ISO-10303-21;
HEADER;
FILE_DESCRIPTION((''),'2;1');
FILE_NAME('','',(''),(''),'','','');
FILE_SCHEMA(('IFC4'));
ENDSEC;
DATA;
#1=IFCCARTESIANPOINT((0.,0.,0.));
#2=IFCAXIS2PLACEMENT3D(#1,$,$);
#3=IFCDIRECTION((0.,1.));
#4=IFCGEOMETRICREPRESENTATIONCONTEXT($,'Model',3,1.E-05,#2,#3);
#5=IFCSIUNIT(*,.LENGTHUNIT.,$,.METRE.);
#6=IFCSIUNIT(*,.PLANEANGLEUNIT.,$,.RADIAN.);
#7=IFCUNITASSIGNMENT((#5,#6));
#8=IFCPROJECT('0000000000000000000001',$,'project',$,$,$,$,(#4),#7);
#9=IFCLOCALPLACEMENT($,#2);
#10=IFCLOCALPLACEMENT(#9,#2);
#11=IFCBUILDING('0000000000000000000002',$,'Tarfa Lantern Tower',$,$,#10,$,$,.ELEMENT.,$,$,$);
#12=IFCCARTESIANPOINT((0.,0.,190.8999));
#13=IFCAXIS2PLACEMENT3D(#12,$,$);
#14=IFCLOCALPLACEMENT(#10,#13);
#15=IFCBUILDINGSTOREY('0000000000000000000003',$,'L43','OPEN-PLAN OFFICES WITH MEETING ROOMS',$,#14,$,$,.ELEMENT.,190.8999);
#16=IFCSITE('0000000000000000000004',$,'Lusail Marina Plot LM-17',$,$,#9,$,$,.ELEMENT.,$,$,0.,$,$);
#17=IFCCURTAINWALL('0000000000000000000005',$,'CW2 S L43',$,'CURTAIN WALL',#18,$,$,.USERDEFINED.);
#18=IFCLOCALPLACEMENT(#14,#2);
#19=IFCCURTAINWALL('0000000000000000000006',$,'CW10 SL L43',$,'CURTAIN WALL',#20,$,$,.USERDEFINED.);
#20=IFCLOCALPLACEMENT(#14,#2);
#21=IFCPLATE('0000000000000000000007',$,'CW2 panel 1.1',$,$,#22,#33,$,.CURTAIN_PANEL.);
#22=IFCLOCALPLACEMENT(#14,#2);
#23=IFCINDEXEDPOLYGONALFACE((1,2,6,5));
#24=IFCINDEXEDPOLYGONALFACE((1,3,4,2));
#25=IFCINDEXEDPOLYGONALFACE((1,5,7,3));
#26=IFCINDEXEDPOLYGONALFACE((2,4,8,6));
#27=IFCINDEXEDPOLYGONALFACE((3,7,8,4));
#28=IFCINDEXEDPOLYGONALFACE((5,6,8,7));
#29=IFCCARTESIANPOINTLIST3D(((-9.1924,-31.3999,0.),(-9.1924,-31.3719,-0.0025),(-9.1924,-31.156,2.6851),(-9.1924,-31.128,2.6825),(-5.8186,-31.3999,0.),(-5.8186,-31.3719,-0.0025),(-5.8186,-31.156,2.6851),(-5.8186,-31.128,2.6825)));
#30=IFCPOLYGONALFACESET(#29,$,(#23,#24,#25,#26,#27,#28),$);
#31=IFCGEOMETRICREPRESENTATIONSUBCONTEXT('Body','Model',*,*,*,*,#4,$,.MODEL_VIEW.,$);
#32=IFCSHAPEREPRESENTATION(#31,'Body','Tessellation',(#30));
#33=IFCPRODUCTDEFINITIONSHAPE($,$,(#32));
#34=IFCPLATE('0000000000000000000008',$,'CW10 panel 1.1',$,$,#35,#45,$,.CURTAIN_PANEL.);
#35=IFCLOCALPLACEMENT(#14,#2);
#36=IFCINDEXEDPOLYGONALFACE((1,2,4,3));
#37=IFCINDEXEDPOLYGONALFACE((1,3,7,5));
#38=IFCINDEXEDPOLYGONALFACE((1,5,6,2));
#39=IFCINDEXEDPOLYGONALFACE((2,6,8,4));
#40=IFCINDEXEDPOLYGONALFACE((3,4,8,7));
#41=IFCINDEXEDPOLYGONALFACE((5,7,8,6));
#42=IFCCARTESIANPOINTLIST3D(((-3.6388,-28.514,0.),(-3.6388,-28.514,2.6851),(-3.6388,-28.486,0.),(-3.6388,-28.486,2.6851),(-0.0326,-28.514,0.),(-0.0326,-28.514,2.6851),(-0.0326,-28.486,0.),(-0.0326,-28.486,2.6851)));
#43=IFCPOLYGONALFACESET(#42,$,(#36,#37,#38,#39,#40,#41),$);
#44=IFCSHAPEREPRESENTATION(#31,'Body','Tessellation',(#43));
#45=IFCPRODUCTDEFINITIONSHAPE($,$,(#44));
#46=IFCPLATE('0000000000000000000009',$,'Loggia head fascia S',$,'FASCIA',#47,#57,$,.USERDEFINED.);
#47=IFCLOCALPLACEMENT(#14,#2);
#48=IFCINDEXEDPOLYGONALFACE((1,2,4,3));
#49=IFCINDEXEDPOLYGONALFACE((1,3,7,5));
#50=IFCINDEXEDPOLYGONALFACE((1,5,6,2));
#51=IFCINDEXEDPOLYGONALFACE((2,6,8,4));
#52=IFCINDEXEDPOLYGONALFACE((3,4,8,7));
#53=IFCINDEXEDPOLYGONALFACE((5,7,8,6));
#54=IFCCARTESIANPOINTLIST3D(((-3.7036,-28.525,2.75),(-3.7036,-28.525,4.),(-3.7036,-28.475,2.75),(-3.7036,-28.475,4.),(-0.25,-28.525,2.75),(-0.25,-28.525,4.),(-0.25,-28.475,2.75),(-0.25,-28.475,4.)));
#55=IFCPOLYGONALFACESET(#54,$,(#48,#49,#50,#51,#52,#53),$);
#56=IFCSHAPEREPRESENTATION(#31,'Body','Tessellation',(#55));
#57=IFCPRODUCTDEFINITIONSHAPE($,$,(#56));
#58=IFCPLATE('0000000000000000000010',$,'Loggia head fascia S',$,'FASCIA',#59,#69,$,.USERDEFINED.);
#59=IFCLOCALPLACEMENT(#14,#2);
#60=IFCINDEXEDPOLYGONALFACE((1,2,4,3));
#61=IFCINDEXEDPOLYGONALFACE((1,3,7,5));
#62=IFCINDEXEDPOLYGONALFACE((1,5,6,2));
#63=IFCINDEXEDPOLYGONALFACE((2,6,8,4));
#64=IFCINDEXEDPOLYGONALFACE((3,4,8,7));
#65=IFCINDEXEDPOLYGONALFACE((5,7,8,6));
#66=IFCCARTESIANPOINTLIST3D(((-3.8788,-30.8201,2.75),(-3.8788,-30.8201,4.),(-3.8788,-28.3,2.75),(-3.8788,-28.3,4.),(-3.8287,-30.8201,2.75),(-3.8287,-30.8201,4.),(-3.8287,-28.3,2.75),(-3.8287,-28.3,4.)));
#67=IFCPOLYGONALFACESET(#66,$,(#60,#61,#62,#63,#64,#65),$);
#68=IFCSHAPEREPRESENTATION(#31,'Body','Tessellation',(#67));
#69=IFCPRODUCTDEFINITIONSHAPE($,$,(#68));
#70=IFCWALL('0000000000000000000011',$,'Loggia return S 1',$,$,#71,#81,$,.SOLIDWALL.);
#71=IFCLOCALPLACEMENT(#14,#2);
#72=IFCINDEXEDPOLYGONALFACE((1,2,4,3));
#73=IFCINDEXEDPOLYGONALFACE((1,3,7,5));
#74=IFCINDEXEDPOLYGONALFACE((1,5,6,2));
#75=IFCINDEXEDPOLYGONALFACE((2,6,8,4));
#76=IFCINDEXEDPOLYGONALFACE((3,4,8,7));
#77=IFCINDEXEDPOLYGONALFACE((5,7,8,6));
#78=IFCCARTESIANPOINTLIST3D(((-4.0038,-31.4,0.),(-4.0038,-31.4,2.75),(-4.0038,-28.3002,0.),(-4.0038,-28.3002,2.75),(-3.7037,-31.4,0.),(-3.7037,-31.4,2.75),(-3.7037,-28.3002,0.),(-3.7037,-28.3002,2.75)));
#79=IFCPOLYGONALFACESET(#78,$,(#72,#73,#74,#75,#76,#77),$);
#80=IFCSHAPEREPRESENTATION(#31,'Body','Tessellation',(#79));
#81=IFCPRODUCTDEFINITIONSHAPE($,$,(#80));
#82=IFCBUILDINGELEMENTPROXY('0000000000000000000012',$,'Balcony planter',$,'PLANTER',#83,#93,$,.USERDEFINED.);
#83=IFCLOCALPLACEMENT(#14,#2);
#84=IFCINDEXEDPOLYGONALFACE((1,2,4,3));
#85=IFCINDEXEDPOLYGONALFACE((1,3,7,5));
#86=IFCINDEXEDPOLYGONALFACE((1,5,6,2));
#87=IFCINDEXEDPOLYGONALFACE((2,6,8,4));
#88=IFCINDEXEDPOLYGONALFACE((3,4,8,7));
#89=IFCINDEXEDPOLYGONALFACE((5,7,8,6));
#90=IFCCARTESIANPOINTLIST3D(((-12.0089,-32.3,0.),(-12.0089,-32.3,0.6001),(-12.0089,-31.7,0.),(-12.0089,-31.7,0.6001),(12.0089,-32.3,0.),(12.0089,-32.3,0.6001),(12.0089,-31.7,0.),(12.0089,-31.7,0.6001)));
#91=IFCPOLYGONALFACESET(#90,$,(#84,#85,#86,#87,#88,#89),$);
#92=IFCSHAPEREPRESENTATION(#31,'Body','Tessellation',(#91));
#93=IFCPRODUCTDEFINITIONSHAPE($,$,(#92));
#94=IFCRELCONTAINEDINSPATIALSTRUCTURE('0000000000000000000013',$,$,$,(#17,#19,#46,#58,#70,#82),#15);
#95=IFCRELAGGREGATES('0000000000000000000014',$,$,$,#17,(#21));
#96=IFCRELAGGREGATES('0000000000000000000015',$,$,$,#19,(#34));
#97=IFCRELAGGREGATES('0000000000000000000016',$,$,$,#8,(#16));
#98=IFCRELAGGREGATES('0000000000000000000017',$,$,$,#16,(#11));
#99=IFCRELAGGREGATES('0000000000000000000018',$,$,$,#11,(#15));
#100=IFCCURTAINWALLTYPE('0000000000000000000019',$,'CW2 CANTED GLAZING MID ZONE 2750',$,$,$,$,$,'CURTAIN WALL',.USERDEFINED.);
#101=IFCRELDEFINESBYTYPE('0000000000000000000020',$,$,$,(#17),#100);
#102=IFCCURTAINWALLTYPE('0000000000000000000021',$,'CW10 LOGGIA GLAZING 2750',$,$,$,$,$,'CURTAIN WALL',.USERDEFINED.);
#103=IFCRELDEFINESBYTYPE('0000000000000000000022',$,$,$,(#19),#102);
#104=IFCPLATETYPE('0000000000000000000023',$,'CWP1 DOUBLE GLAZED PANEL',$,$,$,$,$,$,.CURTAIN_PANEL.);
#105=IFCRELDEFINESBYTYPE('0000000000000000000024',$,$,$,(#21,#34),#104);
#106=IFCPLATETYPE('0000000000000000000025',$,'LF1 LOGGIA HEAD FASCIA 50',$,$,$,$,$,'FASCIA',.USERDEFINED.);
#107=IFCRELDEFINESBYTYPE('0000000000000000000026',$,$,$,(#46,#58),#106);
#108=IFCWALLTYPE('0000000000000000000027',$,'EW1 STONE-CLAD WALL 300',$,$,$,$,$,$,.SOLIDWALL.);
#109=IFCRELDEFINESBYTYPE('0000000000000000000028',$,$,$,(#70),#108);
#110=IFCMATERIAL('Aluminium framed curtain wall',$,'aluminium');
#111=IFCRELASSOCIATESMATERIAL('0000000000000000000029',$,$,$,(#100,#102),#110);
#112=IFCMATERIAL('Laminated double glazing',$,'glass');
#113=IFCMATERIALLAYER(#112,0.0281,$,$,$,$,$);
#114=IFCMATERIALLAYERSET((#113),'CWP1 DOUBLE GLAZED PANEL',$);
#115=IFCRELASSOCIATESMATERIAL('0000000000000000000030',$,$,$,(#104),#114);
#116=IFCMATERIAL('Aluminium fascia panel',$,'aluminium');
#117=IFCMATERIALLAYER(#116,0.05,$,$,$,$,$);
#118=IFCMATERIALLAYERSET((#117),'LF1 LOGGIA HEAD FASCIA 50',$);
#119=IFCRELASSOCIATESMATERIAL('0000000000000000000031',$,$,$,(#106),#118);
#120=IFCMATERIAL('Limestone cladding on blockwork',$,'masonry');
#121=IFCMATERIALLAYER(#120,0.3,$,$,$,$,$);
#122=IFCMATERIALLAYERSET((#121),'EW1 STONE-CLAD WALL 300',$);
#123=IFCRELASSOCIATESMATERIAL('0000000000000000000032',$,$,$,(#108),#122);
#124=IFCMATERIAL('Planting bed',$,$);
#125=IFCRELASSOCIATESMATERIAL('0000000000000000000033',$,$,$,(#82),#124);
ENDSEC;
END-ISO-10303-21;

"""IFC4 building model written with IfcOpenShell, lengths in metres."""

from ifc_helpers import new_model, si_unit, direction, frame, frame_2d, origin, origin_2d, place, context, subcontext, project, spatial, polyline, rectangle, outline, extrude, material, layer, layer_set, type_object, element, aggregate, save


model = new_model("IFC4")

# Units and contexts
model_context = context("Model", 3, precision=1e-05, world=origin(), true_north=direction((0.0, 1.0)))
body_context = subcontext(model_context, "Body", "Model", "MODEL_VIEW")
ifc_project = project(units=[si_unit("LENGTHUNIT", "METRE"), si_unit("PLANEANGLEUNIT", "RADIAN")], contexts=[model_context])

# Site, building, storey
site_placement = place(None, origin())
site = spatial("IfcSite", under=ifc_project, at=site_placement, Name="Lusail Marina Plot LM-17", CompositionType="ELEMENT", RefElevation=0.0)
building_placement = place(site_placement, origin())
building = spatial("IfcBuilding", under=site, at=building_placement, Name="Tarfa Lantern Tower", CompositionType="ELEMENT")
storey_placement = place(building_placement, frame((0.0, 0.0, 190.8999)))
storey = spatial("IfcBuildingStorey", under=building, at=storey_placement, Name="L43", Description="OPEN-PLAN OFFICES WITH MEETING ROOMS", CompositionType="ELEMENT", Elevation=190.8999)

# Shared definitions
ifc_material_1 = material(Name="Aluminium framed curtain wall", Category="aluminium")
curtain_wall_type_1 = type_object("IfcCurtainWallType", Name="CW2 CANTED GLAZING MID ZONE 2750", ElementType="CURTAIN WALL", PredefinedType="USERDEFINED", material=ifc_material_1)

# Curtain walls
curtain_wall_1_placement = place(storey_placement, origin())
curtain_wall_1 = element("IfcCurtainWall", 1, at=curtain_wall_1_placement, inside=storey, type_object=curtain_wall_type_1, Name="CW2 S L43", ObjectType="CURTAIN WALL", PredefinedType="USERDEFINED")
curtain_wall_type_2 = type_object("IfcCurtainWallType", Name="CW10 LOGGIA GLAZING 2750", ElementType="CURTAIN WALL", PredefinedType="USERDEFINED", material=ifc_material_1)
curtain_wall_2_placement = place(storey_placement, origin())
curtain_wall_2 = element("IfcCurtainWall", 2, at=curtain_wall_2_placement, inside=storey, type_object=curtain_wall_type_2, Name="CW10 SL L43", ObjectType="CURTAIN WALL", PredefinedType="USERDEFINED")

# Plates
ifc_material_2 = material(Name="Laminated double glazing", Category="glass")
ifc_layer_1 = layer(ifc_material_2, 0.0281)
ifc_layer_set_1 = layer_set([ifc_layer_1], Name="CWP1 DOUBLE GLAZED PANEL")
plate_type_1 = type_object("IfcPlateType", Name="CWP1 DOUBLE GLAZED PANEL", PredefinedType="CURTAIN_PANEL", material=ifc_layer_set_1)
plate_1_placement = place(storey_placement, frame((-9.1924, -31.3999, 0.0), z_axis=(0.0, -0.9959, 0.090462), x_axis=(1.0, 0.0, 0.0)))
plate_1 = element("IfcPlate", 3, at=plate_1_placement, type_object=plate_type_1, Name="CW2 panel 1.1", PredefinedType="CURTAIN_PANEL", context=body_context, shape_type="SweptSolid", body=[
    extrude(outline(polyline([(0.0, 0.0), (3.3738, 0.0), (3.3738, 2.6961), (0.0, 2.6961), (0.0, 0.0)])), origin(), (0.0, 0.0, -1.0), 0.0281),
])
aggregate(curtain_wall_1, [plate_1])
plate_2_placement = place(storey_placement, frame((-1.8357, -28.5, 0.0), z_axis=(0.0, 0.0, 1.0), x_axis=(1.0, 0.0, 0.0)))
plate_2 = element("IfcPlate", 4, at=plate_2_placement, type_object=plate_type_1, Name="CW10 panel 1.1", PredefinedType="CURTAIN_PANEL", context=body_context, shape_type="SweptSolid", body=[
    extrude(rectangle(XDim=3.6062, YDim=0.0281, at=origin_2d()), origin(), (0.0, 0.0, 1.0), 2.6851),
])
aggregate(curtain_wall_2, [plate_2])

# Plates
ifc_material_3 = material(Name="Aluminium fascia panel", Category="aluminium")
ifc_layer_2 = layer(ifc_material_3, 0.05)
ifc_layer_set_2 = layer_set([ifc_layer_2], Name="LF1 LOGGIA HEAD FASCIA 50")
plate_type_2 = type_object("IfcPlateType", Name="LF1 LOGGIA HEAD FASCIA 50", ElementType="FASCIA", PredefinedType="USERDEFINED", material=ifc_layer_set_2)
plate_3_placement = place(storey_placement, frame((-1.9768, -28.5, 2.75), z_axis=(0.0, 0.0, 1.0), x_axis=(1.0, 0.0, 0.0)))
element("IfcPlate", 5, at=plate_3_placement, inside=storey, type_object=plate_type_2, Name="Loggia head fascia S", ObjectType="FASCIA", PredefinedType="USERDEFINED", context=body_context, shape_type="SweptSolid", body=[
    extrude(rectangle(XDim=3.4536, YDim=0.05, at=origin_2d()), origin(), (0.0, 0.0, 1.0), 1.25),
])
plate_4_placement = place(storey_placement, frame((-3.8538, -29.5601, 2.75), z_axis=(0.0, 0.0, 1.0), x_axis=(0.0, 1.0, 0.0)))
element("IfcPlate", 6, at=plate_4_placement, inside=storey, type_object=plate_type_2, Name="Loggia head fascia S", ObjectType="FASCIA", PredefinedType="USERDEFINED", context=body_context, shape_type="SweptSolid", body=[
    extrude(rectangle(XDim=2.52, YDim=0.05, at=origin_2d()), origin(), (0.0, 0.0, 1.0), 1.25),
])

# Wall
ifc_material_4 = material(Name="Limestone cladding on blockwork", Category="masonry")
ifc_layer_3 = layer(ifc_material_4, 0.3)
ifc_layer_set_3 = layer_set([ifc_layer_3], Name="EW1 STONE-CLAD WALL 300")
wall_type = type_object("IfcWallType", Name="EW1 STONE-CLAD WALL 300", PredefinedType="SOLIDWALL", material=ifc_layer_set_3)
wall_placement = place(storey_placement, frame((-3.8538, -31.3999, 0.0), z_axis=(0.0, 0.0, 1.0), x_axis=(0.0, 1.0, 0.0)))
element("IfcWall", 7, at=wall_placement, inside=storey, type_object=wall_type, Name="Loggia return S 1", PredefinedType="SOLIDWALL", context=body_context, shape_type="SweptSolid", body=[
    extrude(rectangle(XDim=3.0999, YDim=0.3, at=frame_2d((1.5498, 0.0))), origin(), (0.0, 0.0, 1.0), 2.75),
])

# Building element proxy
ifc_material_5 = material(Name="Planting bed")
proxy_placement = place(storey_placement, frame((0.0, -32.0, 0.0), z_axis=(0.0, 0.0, 1.0), x_axis=(1.0, 0.0, 0.0)))
element("IfcBuildingElementProxy", 8, at=proxy_placement, inside=storey, material=ifc_material_5, Name="Balcony planter", ObjectType="PLANTER", PredefinedType="USERDEFINED", context=body_context, shape_type="SweptSolid", body=[
    extrude(rectangle(XDim=24.0178, YDim=0.6001, at=origin_2d()), origin(), (0.0, 0.0, 1.0), 0.6001),
])

save(model, "model.ifc")
